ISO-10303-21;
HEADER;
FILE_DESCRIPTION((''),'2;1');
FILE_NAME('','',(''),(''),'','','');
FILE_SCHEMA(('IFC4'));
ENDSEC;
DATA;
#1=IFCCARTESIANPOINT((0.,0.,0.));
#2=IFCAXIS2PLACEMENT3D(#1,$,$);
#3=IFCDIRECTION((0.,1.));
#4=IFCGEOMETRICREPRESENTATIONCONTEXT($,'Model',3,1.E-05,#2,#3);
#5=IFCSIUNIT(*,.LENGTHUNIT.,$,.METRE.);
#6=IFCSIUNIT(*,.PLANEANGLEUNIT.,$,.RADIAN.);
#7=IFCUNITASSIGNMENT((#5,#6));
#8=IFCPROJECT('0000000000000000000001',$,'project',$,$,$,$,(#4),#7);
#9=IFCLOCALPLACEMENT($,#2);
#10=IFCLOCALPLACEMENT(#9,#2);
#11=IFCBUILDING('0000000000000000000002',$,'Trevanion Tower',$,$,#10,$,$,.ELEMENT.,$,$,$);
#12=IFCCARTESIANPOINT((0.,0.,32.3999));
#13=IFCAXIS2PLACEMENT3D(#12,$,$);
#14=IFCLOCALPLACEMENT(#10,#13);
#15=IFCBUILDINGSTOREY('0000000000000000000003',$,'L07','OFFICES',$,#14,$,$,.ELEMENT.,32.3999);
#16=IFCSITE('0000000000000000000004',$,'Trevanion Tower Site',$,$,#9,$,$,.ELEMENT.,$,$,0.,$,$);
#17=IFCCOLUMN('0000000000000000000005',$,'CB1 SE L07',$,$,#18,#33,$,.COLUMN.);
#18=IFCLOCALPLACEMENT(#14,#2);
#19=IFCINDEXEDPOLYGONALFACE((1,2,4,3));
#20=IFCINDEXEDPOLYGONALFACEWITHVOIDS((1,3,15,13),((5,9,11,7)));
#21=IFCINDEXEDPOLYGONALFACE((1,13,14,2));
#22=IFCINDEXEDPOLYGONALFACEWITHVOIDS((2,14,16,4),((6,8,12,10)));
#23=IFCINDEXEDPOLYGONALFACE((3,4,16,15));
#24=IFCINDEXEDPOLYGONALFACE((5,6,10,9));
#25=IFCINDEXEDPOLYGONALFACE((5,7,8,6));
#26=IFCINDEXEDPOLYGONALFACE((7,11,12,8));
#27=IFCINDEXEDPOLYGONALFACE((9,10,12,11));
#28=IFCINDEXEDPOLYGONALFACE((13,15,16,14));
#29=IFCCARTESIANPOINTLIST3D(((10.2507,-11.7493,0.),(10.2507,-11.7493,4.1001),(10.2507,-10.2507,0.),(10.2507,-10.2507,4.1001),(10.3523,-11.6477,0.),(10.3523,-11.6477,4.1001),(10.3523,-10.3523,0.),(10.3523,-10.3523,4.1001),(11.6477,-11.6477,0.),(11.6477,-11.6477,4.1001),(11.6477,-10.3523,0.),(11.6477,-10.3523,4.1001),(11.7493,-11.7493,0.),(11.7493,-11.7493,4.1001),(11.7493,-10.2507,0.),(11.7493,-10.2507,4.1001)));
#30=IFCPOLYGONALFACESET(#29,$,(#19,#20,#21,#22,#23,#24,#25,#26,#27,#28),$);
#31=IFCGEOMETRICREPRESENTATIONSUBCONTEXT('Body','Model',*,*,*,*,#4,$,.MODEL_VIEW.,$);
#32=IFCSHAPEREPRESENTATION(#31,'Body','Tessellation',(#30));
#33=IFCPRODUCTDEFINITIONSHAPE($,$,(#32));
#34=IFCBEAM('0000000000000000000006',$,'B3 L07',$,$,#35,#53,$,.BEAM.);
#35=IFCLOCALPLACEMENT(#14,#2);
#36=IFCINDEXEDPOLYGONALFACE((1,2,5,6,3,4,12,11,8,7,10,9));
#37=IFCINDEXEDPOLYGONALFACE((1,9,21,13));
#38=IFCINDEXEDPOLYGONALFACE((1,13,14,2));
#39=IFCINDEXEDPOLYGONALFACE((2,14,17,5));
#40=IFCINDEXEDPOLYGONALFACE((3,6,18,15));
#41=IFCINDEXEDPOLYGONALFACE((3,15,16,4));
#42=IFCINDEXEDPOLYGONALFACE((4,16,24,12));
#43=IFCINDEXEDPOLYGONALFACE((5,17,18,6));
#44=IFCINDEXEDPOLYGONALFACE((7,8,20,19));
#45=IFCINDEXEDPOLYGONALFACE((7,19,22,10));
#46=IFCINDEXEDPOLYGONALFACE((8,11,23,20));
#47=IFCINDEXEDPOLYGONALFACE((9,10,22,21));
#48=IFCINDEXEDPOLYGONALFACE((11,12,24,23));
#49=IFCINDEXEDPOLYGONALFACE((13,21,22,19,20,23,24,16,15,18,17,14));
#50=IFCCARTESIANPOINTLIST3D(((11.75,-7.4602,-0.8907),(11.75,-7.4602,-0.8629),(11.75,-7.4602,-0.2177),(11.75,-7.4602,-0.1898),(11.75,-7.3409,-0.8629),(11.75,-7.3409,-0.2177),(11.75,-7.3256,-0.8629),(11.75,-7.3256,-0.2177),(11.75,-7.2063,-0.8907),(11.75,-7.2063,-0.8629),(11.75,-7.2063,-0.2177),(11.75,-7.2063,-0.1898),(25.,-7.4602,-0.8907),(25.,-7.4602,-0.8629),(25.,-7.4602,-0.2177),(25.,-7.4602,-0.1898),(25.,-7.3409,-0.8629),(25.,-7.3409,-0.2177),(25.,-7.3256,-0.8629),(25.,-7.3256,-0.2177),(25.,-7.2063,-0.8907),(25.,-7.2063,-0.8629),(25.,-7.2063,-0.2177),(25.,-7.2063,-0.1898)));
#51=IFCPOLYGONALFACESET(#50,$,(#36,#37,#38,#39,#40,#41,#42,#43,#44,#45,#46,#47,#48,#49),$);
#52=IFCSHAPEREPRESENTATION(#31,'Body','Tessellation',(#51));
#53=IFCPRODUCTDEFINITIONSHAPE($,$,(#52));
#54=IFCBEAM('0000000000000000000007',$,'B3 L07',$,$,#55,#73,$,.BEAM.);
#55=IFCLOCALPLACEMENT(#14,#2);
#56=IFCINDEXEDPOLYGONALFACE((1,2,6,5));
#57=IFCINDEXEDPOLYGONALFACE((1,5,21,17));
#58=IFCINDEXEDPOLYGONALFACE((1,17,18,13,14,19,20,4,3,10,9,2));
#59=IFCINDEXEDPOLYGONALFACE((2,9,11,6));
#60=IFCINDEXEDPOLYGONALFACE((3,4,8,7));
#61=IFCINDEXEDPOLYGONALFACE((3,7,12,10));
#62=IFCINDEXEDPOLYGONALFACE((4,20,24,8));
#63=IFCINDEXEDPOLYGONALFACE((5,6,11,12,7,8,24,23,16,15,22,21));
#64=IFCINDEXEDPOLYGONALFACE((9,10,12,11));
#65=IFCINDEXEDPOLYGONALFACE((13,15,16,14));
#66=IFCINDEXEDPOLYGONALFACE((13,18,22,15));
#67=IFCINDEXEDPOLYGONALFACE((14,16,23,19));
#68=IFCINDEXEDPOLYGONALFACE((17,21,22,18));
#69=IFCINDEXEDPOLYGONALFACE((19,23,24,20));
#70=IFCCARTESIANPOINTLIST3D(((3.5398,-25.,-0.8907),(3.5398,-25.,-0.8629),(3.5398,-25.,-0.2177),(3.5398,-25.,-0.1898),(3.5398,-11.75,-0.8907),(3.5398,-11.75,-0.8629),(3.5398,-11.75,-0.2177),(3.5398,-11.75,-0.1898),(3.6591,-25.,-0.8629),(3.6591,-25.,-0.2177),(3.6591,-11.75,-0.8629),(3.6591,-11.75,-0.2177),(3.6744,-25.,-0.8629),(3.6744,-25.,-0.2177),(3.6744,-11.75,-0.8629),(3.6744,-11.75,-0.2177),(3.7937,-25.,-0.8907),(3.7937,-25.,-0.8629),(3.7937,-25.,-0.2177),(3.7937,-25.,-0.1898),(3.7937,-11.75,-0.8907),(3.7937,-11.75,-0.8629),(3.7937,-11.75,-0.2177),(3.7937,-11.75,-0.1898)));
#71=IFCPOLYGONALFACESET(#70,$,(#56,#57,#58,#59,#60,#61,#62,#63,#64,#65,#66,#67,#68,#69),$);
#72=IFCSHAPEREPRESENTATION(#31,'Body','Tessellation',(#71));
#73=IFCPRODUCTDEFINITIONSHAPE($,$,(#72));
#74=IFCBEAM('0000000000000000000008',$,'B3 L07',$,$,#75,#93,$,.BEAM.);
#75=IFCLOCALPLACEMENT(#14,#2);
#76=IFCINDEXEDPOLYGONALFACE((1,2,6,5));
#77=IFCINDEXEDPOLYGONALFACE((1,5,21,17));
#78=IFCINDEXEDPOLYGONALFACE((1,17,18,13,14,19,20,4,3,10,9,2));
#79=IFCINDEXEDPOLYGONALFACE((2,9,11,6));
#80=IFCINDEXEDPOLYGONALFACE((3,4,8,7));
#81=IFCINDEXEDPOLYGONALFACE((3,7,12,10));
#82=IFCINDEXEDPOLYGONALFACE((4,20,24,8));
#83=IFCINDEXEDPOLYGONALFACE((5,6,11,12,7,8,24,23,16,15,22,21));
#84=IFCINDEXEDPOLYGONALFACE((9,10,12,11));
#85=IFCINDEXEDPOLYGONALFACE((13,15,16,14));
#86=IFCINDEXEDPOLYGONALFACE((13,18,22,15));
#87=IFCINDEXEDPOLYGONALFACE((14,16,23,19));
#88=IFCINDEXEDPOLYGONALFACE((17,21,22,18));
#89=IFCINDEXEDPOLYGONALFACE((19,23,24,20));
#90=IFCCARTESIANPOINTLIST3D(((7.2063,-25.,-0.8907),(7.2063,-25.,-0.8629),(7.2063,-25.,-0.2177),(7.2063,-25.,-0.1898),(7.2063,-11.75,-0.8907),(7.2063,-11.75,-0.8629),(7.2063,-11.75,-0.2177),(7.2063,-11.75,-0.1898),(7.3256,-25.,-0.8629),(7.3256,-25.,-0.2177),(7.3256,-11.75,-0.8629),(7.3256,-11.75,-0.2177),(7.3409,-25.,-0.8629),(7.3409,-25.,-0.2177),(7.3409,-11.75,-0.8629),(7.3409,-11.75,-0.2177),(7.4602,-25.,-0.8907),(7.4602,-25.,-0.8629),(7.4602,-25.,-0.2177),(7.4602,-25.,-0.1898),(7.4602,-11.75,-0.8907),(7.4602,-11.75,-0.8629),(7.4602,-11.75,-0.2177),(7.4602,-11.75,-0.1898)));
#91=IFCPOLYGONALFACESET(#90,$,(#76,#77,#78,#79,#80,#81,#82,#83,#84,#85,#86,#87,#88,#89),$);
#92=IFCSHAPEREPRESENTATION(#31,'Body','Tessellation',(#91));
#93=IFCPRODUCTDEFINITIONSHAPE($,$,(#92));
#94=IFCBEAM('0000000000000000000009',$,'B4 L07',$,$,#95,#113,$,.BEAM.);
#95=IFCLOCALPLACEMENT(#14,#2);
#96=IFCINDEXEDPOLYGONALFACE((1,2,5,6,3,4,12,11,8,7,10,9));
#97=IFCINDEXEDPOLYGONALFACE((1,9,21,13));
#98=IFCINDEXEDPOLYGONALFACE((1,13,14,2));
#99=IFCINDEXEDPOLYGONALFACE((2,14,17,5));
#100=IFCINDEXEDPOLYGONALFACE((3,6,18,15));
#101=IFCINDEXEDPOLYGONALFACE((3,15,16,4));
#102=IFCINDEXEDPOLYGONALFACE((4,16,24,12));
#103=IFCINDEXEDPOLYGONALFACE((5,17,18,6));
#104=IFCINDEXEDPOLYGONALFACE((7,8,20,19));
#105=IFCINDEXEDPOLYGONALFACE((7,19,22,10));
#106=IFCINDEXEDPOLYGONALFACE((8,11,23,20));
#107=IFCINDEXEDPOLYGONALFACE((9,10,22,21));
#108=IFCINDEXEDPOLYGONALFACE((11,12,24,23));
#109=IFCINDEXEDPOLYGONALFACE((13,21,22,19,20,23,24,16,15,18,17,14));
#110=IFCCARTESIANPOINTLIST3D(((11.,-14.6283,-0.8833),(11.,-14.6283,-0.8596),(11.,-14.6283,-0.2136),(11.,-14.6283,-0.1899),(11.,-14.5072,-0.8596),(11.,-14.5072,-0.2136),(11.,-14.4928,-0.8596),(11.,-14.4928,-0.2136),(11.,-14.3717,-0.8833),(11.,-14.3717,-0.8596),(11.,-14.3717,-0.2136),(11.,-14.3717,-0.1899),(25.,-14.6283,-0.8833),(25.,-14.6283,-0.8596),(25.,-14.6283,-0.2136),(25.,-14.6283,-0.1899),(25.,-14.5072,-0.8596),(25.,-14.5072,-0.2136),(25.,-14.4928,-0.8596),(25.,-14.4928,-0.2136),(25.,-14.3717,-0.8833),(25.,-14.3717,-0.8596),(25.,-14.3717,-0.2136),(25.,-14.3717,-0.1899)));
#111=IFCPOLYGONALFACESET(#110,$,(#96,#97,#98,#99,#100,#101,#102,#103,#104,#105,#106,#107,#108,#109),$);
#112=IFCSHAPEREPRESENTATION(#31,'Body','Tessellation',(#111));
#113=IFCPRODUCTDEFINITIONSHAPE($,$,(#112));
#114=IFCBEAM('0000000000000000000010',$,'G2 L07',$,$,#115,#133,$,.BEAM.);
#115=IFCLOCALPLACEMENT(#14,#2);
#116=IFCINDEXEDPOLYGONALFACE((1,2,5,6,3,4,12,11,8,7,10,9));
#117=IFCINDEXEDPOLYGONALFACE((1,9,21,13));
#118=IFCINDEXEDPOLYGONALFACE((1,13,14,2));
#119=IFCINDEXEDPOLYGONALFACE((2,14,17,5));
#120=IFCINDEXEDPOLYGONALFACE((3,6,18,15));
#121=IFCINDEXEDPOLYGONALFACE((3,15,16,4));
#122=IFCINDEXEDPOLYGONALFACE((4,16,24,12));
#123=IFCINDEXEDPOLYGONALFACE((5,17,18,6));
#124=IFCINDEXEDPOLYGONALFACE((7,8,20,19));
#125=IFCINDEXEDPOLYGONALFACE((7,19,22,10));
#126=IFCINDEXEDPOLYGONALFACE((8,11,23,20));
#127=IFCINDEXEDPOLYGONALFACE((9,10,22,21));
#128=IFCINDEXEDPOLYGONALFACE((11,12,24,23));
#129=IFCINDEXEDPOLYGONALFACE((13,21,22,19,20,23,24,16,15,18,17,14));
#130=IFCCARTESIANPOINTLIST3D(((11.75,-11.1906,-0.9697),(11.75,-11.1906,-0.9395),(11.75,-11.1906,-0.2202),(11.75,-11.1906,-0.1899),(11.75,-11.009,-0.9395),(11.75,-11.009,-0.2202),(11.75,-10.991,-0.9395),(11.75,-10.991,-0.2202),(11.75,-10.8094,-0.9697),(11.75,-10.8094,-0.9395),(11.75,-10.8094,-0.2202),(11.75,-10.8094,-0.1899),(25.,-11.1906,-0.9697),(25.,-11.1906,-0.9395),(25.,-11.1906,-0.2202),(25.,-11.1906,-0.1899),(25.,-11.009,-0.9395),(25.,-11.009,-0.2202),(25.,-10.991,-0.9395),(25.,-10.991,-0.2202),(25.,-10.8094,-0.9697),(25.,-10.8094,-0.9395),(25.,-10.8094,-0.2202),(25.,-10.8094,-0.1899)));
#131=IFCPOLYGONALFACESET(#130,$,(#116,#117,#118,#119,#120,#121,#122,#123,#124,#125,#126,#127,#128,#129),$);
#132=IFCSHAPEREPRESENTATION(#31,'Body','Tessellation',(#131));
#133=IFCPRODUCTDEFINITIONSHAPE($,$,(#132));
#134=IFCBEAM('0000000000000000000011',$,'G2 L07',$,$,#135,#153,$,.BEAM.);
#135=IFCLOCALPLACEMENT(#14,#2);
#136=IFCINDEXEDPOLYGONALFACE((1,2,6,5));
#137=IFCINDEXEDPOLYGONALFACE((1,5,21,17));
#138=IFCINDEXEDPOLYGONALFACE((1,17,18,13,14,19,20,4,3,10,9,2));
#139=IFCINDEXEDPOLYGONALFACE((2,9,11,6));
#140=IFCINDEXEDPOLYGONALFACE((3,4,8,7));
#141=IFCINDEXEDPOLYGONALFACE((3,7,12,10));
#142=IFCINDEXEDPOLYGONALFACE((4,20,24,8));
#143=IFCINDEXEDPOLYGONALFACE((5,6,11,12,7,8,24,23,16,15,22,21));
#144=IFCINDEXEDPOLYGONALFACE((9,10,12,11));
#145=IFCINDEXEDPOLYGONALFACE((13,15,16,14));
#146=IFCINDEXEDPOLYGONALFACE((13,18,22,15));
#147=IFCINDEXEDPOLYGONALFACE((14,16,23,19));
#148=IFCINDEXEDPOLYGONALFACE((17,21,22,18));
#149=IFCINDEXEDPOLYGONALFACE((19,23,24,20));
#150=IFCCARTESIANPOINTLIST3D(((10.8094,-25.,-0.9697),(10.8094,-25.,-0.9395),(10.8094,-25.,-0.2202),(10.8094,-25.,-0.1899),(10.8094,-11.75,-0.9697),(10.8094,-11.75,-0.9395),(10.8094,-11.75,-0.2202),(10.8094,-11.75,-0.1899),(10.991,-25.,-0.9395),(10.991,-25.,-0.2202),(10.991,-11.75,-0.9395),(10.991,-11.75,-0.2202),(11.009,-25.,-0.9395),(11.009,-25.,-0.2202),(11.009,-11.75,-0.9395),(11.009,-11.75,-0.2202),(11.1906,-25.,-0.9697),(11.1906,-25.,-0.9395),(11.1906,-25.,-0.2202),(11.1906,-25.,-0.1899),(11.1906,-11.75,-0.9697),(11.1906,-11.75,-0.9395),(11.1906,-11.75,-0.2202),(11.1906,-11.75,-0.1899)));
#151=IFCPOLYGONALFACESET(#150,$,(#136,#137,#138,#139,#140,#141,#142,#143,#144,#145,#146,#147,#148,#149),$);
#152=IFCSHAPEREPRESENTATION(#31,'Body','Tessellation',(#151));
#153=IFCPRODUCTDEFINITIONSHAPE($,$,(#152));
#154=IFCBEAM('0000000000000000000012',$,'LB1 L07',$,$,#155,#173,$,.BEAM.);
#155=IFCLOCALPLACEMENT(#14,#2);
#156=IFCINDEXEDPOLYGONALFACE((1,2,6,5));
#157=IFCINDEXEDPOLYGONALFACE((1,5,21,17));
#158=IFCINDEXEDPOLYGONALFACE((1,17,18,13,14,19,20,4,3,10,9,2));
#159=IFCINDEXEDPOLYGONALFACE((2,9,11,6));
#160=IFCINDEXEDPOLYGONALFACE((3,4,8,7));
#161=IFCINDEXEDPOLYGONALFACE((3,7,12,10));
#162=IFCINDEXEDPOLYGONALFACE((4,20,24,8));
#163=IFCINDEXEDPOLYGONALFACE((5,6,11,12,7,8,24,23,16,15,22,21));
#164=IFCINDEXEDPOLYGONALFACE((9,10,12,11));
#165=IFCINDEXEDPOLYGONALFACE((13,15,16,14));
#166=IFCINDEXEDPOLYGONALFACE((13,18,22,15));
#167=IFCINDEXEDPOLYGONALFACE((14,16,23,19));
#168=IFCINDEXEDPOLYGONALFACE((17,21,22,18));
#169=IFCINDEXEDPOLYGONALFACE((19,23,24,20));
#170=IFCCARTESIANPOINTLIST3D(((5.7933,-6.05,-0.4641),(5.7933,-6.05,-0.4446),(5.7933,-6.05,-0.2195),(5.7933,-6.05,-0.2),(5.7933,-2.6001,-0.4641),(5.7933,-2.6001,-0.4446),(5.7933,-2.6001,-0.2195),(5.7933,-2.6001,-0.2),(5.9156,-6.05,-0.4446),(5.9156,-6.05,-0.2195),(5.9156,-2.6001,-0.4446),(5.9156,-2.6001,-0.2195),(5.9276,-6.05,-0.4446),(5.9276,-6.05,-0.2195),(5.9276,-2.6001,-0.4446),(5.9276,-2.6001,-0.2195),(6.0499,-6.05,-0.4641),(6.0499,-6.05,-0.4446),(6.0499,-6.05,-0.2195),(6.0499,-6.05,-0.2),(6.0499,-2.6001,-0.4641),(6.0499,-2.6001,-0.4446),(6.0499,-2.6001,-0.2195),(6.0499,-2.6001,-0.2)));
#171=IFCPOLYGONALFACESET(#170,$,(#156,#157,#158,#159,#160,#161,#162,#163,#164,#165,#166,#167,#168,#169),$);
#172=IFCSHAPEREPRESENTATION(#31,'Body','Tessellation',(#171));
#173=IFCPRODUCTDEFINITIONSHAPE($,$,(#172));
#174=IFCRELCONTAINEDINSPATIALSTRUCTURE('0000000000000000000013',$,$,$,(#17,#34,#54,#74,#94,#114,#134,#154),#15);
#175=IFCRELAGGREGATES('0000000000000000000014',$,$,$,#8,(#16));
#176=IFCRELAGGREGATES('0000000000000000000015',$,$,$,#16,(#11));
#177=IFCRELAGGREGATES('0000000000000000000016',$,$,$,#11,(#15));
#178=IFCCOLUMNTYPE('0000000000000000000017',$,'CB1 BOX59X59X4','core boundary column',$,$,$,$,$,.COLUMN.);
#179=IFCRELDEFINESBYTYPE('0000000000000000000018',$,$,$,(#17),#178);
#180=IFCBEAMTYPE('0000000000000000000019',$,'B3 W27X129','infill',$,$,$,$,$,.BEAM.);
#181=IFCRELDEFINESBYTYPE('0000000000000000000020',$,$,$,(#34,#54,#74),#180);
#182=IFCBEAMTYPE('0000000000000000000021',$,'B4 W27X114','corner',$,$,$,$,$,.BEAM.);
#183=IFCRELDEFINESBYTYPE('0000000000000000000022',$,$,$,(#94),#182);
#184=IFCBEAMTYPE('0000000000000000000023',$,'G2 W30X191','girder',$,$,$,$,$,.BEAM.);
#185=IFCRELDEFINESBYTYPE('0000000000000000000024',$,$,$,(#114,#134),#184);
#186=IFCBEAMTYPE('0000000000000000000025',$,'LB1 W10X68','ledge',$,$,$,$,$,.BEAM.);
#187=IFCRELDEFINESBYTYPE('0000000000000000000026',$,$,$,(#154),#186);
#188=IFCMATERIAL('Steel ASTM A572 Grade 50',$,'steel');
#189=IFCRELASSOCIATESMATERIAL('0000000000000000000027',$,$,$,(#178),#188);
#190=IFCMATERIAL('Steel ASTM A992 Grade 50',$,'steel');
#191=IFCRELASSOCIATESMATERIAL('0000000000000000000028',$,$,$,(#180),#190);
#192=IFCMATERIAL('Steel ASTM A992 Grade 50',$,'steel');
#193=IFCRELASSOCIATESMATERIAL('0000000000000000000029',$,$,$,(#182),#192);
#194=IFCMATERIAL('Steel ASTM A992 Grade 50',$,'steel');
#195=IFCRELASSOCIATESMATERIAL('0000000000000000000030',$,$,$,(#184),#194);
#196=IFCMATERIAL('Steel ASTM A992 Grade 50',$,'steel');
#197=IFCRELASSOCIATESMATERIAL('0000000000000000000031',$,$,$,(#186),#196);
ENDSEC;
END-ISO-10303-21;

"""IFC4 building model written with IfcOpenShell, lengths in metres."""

from ifc_helpers import new_model, si_unit, direction, frame, origin, origin_2d, place, context, subcontext, project, spatial, hollow_rectangle, i_section, extrude, material, material_profile, profile_set, type_object, element, save


model = new_model("IFC4")

# Units and contexts
model_context = context("Model", 3, precision=1e-05, world=origin(), true_north=direction((0.0, 1.0)))
body_context = subcontext(model_context, "Body", "Model", "MODEL_VIEW")
ifc_project = project(units=[si_unit("LENGTHUNIT", "METRE"), si_unit("PLANEANGLEUNIT", "RADIAN")], contexts=[model_context])

# Site, building, storey
site_placement = place(None, origin())
site = spatial("IfcSite", under=ifc_project, at=site_placement, Name="Trevanion Tower Site", CompositionType="ELEMENT", RefElevation=0.0)
building_placement = place(site_placement, origin())
building = spatial("IfcBuilding", under=site, at=building_placement, Name="Trevanion Tower", CompositionType="ELEMENT")
storey_placement = place(building_placement, frame((0.0, 0.0, 32.3999)))
storey = spatial("IfcBuildingStorey", under=building, at=storey_placement, Name="L07", Description="OFFICES", CompositionType="ELEMENT", Elevation=32.3999)

# Column
ifc_material_1 = material(Name="Steel ASTM A572 Grade 50", Category="steel")
ifc_material_profile_1 = material_profile(ifc_material_1, hollow_rectangle(XDim=1.4985, YDim=1.4985, WallThickness=0.1016, at=origin_2d()), Name="BOX59X59X4")
ifc_profile_set_1 = profile_set([ifc_material_profile_1], Name="Steel ASTM A572 Grade 50")
column_type = type_object("IfcColumnType", Name="CB1 BOX59X59X4", Description="core boundary column", PredefinedType="COLUMN", material=ifc_profile_set_1)
column_placement = place(storey_placement, frame((11.0, -11.0, 0.0), z_axis=(0.0, 0.0, 1.0), x_axis=(1.0, 0.0, 0.0)))
element("IfcColumn", 1, at=column_placement, inside=storey, type_object=column_type, Name="CB1 SE L07", PredefinedType="COLUMN", context=body_context, shape_type="SweptSolid", body=[
    extrude(hollow_rectangle(XDim=1.4985, YDim=1.4985, WallThickness=0.1016, at=origin_2d()), origin(), (0.0, 0.0, 1.0), 4.1001),
])

# Beams
ifc_material_2 = material(Name="Steel ASTM A992 Grade 50", Category="steel")
ifc_material_profile_2 = material_profile(ifc_material_2, i_section(OverallWidth=0.2539, OverallDepth=0.7009, WebThickness=0.0154, FlangeThickness=0.0278, at=origin_2d()), Name="W27X129")
ifc_profile_set_2 = profile_set([ifc_material_profile_2], Name="Steel ASTM A992 Grade 50")
beam_type_1 = type_object("IfcBeamType", Name="B3 W27X129", Description="infill", PredefinedType="BEAM", material=ifc_profile_set_2)
for number, where, z_axis, x_axis, name in (
    (2, (11.75, -7.3333, -0.5403), (1.0, 0.0, 0.0), (0.0, 1.0, 0.0), "B3 L07"),
    (3, (3.6667, -11.75, -0.5403), (0.0, -1.0, 0.0), (1.0, 0.0, 0.0), "B3 L07"),
    (4, (7.3333, -11.75, -0.5403), (0.0, -1.0, 0.0), (1.0, 0.0, 0.0), "B3 L07"),
):
    element("IfcBeam", number, at=place(storey_placement, frame(where, z_axis=z_axis, x_axis=x_axis)), inside=storey, type_object=beam_type_1, Name=name, PredefinedType="BEAM", context=body_context, shape_type="SweptSolid", body=[
        extrude(i_section(OverallWidth=0.2539, OverallDepth=0.7009, WebThickness=0.0154, FlangeThickness=0.0278, at=origin_2d()), origin(), (0.0, 0.0, 1.0), 13.25),
    ])
ifc_material_3 = material(Name="Steel ASTM A992 Grade 50", Category="steel")
ifc_material_profile_3 = material_profile(ifc_material_3, i_section(OverallWidth=0.2566, OverallDepth=0.6934, WebThickness=0.0144, FlangeThickness=0.0237, at=origin_2d()), Name="W27X114")
ifc_profile_set_3 = profile_set([ifc_material_profile_3], Name="Steel ASTM A992 Grade 50")
beam_type_2 = type_object("IfcBeamType", Name="B4 W27X114", Description="corner", PredefinedType="BEAM", material=ifc_profile_set_3)
beam_1_placement = place(storey_placement, frame((11.0, -14.5, -0.5366), z_axis=(1.0, 0.0, 0.0), x_axis=(0.0, 1.0, 0.0)))
element("IfcBeam", 5, at=beam_1_placement, inside=storey, type_object=beam_type_2, Name="B4 L07", PredefinedType="BEAM", context=body_context, shape_type="SweptSolid", body=[
    extrude(i_section(OverallWidth=0.2566, OverallDepth=0.6934, WebThickness=0.0144, FlangeThickness=0.0237, at=origin_2d()), origin(), (0.0, 0.0, 1.0), 14.0),
])
ifc_material_4 = material(Name="Steel ASTM A992 Grade 50", Category="steel")
ifc_material_profile_4 = material_profile(ifc_material_4, i_section(OverallWidth=0.3811, OverallDepth=0.7798, WebThickness=0.0181, FlangeThickness=0.0303, at=origin_2d()), Name="W30X191")
ifc_profile_set_4 = profile_set([ifc_material_profile_4], Name="Steel ASTM A992 Grade 50")
beam_type_3 = type_object("IfcBeamType", Name="G2 W30X191", Description="girder", PredefinedType="BEAM", material=ifc_profile_set_4)
for number, where, z_axis, x_axis, name in (
    (6, (11.75, -11.0, -0.5798), (1.0, 0.0, 0.0), (0.0, 1.0, 0.0), "G2 L07"),
    (7, (11.0, -11.75, -0.5798), (0.0, -1.0, 0.0), (1.0, 0.0, 0.0), "G2 L07"),
):
    element("IfcBeam", number, at=place(storey_placement, frame(where, z_axis=z_axis, x_axis=x_axis)), inside=storey, type_object=beam_type_3, Name=name, PredefinedType="BEAM", context=body_context, shape_type="SweptSolid", body=[
        extrude(i_section(OverallWidth=0.3811, OverallDepth=0.7798, WebThickness=0.0181, FlangeThickness=0.0303, at=origin_2d()), origin(), (0.0, 0.0, 1.0), 13.25),
    ])
ifc_material_5 = material(Name="Steel ASTM A992 Grade 50", Category="steel")
ifc_material_profile_5 = material_profile(ifc_material_5, i_section(OverallWidth=0.2566, OverallDepth=0.2642, WebThickness=0.012, FlangeThickness=0.0195, at=origin_2d()), Name="W10X68")
ifc_profile_set_5 = profile_set([ifc_material_profile_5], Name="Steel ASTM A992 Grade 50")
beam_type_4 = type_object("IfcBeamType", Name="LB1 W10X68", Description="ledge", PredefinedType="BEAM", material=ifc_profile_set_5)
beam_2_placement = place(storey_placement, frame((5.9216, -6.05, -0.332), z_axis=(0.0, 1.0, 0.0), x_axis=(-1.0, 0.0, 0.0)))
element("IfcBeam", 8, at=beam_2_placement, inside=storey, type_object=beam_type_4, Name="LB1 L07", PredefinedType="BEAM", context=body_context, shape_type="SweptSolid", body=[
    extrude(i_section(OverallWidth=0.2566, OverallDepth=0.2642, WebThickness=0.012, FlangeThickness=0.0195, at=origin_2d()), origin(), (0.0, 0.0, 1.0), 3.45),
])

save(model, "model.ifc")
